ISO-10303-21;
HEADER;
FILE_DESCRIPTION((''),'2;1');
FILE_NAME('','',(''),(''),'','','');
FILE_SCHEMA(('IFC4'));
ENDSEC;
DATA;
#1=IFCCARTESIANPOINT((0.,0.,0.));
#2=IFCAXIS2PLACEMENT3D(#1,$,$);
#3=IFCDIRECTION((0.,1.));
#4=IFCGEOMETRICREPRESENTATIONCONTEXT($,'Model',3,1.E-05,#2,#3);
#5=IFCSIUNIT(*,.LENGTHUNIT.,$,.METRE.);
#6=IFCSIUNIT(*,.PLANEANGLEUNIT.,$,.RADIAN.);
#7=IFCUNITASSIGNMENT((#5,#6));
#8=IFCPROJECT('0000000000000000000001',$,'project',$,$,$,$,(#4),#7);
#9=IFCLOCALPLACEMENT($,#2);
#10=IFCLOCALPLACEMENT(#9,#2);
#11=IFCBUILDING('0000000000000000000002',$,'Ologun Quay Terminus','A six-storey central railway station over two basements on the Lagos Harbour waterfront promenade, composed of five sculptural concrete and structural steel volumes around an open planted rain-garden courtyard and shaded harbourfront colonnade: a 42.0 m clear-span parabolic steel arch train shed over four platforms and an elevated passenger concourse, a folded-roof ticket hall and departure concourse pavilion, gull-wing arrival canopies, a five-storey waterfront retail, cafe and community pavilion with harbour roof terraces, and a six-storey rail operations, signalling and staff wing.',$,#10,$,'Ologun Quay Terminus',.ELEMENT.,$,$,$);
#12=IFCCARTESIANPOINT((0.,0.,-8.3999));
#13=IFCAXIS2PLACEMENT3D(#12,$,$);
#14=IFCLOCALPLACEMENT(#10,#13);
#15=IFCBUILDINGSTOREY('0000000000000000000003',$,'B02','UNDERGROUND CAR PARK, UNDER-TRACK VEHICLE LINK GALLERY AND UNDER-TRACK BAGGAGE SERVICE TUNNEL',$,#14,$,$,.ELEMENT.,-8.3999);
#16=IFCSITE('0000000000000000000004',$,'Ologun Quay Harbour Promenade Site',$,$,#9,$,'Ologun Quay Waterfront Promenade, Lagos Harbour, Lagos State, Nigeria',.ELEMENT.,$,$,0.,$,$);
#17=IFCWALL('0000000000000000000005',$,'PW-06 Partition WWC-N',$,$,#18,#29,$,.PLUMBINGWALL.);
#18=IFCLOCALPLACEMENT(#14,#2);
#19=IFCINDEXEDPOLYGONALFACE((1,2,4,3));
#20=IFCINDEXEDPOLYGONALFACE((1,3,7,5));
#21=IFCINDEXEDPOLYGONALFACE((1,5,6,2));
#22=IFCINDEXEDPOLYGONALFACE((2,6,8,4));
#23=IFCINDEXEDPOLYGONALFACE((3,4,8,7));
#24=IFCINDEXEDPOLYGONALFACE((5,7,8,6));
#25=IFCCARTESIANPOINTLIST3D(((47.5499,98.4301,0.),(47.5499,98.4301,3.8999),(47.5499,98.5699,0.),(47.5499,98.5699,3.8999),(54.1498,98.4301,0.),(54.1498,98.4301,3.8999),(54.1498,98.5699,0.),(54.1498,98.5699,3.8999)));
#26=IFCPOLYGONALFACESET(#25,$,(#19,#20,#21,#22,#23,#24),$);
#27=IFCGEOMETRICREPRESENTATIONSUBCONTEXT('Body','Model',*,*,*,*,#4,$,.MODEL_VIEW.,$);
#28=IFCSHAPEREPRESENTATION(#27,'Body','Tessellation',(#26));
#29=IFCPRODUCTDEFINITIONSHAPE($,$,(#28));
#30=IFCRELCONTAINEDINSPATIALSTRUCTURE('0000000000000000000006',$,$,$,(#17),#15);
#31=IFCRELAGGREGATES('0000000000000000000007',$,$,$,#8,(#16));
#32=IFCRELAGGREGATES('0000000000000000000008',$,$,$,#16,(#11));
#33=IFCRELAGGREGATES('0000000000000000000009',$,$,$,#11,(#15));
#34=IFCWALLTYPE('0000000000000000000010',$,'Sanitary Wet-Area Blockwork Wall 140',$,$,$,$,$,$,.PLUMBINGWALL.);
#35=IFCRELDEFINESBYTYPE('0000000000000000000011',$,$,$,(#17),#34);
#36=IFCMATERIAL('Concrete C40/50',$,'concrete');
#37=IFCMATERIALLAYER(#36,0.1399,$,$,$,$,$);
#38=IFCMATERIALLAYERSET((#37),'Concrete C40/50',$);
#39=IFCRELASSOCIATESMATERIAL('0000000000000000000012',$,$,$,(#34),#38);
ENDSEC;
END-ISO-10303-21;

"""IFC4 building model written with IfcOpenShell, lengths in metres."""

from ifc_helpers import new_model, si_unit, direction, frame, frame_2d, origin, place, context, subcontext, project, spatial, rectangle, extrude, material, layer, layer_set, type_object, element, save


model = new_model("IFC4")

# Units and contexts
model_context = context("Model", 3, precision=1e-05, world=origin(), true_north=direction((0.0, 1.0)))
body_context = subcontext(model_context, "Body", "Model", "MODEL_VIEW")
ifc_project = project(units=[si_unit("LENGTHUNIT", "METRE"), si_unit("PLANEANGLEUNIT", "RADIAN")], contexts=[model_context])

# Site, building, storey
site_placement = place(None, origin())
site = spatial("IfcSite", under=ifc_project, at=site_placement, Name="Ologun Quay Harbour Promenade Site", LongName="Ologun Quay Waterfront Promenade, Lagos Harbour, Lagos State, Nigeria", CompositionType="ELEMENT", RefElevation=0.0)
building_placement = place(site_placement, origin())
building = spatial("IfcBuilding", under=site, at=building_placement, Name="Ologun Quay Terminus", Description="A six-storey central railway station over two basements on the Lagos Harbour waterfront promenade, composed of five sculptural concrete and structural steel volumes around an open planted rain-garden courtyard and shaded harbourfront colonnade: a 42.0 m clear-span parabolic steel arch train shed over four platforms and an elevated passenger concourse, a folded-roof ticket hall and departure concourse pavilion, gull-wing arrival canopies, a five-storey waterfront retail, cafe and community pavilion with harbour roof terraces, and a six-storey rail operations, signalling and staff wing.", LongName="Ologun Quay Terminus", CompositionType="ELEMENT")
storey_placement = place(building_placement, frame((0.0, 0.0, -8.3999)))
storey = spatial("IfcBuildingStorey", under=building, at=storey_placement, Name="B02", Description="UNDERGROUND CAR PARK, UNDER-TRACK VEHICLE LINK GALLERY AND UNDER-TRACK BAGGAGE SERVICE TUNNEL", CompositionType="ELEMENT", Elevation=-8.3999)

# Shared definitions
ifc_material_1 = material(Name="Concrete C40/50", Category="concrete")
ifc_layer_1 = layer(ifc_material_1, 0.1399)
ifc_layer_set_1 = layer_set([ifc_layer_1], Name="Concrete C40/50")
wall_type_1 = type_object("IfcWallType", Name="Sanitary Wet-Area Blockwork Wall 140", PredefinedType="PLUMBINGWALL", material=ifc_layer_set_1)

# Wall
wall_1_placement = place(storey_placement, frame((47.55, 98.5, 0.0), z_axis=(0.0, 0.0, 1.0), x_axis=(1.0, 0.0, 0.0)))
element("IfcWall", 1, at=wall_1_placement, inside=storey, type_object=wall_type_1, Name="PW-06 Partition WWC-N", PredefinedType="PLUMBINGWALL", context=body_context, shape_type="SweptSolid", body=[
    extrude(rectangle(XDim=6.5999, YDim=0.1399, at=frame_2d((3.2998, 0.0))), origin(), (0.0, 0.0, 1.0), 3.8999),
])

save(model, "model.ifc")
